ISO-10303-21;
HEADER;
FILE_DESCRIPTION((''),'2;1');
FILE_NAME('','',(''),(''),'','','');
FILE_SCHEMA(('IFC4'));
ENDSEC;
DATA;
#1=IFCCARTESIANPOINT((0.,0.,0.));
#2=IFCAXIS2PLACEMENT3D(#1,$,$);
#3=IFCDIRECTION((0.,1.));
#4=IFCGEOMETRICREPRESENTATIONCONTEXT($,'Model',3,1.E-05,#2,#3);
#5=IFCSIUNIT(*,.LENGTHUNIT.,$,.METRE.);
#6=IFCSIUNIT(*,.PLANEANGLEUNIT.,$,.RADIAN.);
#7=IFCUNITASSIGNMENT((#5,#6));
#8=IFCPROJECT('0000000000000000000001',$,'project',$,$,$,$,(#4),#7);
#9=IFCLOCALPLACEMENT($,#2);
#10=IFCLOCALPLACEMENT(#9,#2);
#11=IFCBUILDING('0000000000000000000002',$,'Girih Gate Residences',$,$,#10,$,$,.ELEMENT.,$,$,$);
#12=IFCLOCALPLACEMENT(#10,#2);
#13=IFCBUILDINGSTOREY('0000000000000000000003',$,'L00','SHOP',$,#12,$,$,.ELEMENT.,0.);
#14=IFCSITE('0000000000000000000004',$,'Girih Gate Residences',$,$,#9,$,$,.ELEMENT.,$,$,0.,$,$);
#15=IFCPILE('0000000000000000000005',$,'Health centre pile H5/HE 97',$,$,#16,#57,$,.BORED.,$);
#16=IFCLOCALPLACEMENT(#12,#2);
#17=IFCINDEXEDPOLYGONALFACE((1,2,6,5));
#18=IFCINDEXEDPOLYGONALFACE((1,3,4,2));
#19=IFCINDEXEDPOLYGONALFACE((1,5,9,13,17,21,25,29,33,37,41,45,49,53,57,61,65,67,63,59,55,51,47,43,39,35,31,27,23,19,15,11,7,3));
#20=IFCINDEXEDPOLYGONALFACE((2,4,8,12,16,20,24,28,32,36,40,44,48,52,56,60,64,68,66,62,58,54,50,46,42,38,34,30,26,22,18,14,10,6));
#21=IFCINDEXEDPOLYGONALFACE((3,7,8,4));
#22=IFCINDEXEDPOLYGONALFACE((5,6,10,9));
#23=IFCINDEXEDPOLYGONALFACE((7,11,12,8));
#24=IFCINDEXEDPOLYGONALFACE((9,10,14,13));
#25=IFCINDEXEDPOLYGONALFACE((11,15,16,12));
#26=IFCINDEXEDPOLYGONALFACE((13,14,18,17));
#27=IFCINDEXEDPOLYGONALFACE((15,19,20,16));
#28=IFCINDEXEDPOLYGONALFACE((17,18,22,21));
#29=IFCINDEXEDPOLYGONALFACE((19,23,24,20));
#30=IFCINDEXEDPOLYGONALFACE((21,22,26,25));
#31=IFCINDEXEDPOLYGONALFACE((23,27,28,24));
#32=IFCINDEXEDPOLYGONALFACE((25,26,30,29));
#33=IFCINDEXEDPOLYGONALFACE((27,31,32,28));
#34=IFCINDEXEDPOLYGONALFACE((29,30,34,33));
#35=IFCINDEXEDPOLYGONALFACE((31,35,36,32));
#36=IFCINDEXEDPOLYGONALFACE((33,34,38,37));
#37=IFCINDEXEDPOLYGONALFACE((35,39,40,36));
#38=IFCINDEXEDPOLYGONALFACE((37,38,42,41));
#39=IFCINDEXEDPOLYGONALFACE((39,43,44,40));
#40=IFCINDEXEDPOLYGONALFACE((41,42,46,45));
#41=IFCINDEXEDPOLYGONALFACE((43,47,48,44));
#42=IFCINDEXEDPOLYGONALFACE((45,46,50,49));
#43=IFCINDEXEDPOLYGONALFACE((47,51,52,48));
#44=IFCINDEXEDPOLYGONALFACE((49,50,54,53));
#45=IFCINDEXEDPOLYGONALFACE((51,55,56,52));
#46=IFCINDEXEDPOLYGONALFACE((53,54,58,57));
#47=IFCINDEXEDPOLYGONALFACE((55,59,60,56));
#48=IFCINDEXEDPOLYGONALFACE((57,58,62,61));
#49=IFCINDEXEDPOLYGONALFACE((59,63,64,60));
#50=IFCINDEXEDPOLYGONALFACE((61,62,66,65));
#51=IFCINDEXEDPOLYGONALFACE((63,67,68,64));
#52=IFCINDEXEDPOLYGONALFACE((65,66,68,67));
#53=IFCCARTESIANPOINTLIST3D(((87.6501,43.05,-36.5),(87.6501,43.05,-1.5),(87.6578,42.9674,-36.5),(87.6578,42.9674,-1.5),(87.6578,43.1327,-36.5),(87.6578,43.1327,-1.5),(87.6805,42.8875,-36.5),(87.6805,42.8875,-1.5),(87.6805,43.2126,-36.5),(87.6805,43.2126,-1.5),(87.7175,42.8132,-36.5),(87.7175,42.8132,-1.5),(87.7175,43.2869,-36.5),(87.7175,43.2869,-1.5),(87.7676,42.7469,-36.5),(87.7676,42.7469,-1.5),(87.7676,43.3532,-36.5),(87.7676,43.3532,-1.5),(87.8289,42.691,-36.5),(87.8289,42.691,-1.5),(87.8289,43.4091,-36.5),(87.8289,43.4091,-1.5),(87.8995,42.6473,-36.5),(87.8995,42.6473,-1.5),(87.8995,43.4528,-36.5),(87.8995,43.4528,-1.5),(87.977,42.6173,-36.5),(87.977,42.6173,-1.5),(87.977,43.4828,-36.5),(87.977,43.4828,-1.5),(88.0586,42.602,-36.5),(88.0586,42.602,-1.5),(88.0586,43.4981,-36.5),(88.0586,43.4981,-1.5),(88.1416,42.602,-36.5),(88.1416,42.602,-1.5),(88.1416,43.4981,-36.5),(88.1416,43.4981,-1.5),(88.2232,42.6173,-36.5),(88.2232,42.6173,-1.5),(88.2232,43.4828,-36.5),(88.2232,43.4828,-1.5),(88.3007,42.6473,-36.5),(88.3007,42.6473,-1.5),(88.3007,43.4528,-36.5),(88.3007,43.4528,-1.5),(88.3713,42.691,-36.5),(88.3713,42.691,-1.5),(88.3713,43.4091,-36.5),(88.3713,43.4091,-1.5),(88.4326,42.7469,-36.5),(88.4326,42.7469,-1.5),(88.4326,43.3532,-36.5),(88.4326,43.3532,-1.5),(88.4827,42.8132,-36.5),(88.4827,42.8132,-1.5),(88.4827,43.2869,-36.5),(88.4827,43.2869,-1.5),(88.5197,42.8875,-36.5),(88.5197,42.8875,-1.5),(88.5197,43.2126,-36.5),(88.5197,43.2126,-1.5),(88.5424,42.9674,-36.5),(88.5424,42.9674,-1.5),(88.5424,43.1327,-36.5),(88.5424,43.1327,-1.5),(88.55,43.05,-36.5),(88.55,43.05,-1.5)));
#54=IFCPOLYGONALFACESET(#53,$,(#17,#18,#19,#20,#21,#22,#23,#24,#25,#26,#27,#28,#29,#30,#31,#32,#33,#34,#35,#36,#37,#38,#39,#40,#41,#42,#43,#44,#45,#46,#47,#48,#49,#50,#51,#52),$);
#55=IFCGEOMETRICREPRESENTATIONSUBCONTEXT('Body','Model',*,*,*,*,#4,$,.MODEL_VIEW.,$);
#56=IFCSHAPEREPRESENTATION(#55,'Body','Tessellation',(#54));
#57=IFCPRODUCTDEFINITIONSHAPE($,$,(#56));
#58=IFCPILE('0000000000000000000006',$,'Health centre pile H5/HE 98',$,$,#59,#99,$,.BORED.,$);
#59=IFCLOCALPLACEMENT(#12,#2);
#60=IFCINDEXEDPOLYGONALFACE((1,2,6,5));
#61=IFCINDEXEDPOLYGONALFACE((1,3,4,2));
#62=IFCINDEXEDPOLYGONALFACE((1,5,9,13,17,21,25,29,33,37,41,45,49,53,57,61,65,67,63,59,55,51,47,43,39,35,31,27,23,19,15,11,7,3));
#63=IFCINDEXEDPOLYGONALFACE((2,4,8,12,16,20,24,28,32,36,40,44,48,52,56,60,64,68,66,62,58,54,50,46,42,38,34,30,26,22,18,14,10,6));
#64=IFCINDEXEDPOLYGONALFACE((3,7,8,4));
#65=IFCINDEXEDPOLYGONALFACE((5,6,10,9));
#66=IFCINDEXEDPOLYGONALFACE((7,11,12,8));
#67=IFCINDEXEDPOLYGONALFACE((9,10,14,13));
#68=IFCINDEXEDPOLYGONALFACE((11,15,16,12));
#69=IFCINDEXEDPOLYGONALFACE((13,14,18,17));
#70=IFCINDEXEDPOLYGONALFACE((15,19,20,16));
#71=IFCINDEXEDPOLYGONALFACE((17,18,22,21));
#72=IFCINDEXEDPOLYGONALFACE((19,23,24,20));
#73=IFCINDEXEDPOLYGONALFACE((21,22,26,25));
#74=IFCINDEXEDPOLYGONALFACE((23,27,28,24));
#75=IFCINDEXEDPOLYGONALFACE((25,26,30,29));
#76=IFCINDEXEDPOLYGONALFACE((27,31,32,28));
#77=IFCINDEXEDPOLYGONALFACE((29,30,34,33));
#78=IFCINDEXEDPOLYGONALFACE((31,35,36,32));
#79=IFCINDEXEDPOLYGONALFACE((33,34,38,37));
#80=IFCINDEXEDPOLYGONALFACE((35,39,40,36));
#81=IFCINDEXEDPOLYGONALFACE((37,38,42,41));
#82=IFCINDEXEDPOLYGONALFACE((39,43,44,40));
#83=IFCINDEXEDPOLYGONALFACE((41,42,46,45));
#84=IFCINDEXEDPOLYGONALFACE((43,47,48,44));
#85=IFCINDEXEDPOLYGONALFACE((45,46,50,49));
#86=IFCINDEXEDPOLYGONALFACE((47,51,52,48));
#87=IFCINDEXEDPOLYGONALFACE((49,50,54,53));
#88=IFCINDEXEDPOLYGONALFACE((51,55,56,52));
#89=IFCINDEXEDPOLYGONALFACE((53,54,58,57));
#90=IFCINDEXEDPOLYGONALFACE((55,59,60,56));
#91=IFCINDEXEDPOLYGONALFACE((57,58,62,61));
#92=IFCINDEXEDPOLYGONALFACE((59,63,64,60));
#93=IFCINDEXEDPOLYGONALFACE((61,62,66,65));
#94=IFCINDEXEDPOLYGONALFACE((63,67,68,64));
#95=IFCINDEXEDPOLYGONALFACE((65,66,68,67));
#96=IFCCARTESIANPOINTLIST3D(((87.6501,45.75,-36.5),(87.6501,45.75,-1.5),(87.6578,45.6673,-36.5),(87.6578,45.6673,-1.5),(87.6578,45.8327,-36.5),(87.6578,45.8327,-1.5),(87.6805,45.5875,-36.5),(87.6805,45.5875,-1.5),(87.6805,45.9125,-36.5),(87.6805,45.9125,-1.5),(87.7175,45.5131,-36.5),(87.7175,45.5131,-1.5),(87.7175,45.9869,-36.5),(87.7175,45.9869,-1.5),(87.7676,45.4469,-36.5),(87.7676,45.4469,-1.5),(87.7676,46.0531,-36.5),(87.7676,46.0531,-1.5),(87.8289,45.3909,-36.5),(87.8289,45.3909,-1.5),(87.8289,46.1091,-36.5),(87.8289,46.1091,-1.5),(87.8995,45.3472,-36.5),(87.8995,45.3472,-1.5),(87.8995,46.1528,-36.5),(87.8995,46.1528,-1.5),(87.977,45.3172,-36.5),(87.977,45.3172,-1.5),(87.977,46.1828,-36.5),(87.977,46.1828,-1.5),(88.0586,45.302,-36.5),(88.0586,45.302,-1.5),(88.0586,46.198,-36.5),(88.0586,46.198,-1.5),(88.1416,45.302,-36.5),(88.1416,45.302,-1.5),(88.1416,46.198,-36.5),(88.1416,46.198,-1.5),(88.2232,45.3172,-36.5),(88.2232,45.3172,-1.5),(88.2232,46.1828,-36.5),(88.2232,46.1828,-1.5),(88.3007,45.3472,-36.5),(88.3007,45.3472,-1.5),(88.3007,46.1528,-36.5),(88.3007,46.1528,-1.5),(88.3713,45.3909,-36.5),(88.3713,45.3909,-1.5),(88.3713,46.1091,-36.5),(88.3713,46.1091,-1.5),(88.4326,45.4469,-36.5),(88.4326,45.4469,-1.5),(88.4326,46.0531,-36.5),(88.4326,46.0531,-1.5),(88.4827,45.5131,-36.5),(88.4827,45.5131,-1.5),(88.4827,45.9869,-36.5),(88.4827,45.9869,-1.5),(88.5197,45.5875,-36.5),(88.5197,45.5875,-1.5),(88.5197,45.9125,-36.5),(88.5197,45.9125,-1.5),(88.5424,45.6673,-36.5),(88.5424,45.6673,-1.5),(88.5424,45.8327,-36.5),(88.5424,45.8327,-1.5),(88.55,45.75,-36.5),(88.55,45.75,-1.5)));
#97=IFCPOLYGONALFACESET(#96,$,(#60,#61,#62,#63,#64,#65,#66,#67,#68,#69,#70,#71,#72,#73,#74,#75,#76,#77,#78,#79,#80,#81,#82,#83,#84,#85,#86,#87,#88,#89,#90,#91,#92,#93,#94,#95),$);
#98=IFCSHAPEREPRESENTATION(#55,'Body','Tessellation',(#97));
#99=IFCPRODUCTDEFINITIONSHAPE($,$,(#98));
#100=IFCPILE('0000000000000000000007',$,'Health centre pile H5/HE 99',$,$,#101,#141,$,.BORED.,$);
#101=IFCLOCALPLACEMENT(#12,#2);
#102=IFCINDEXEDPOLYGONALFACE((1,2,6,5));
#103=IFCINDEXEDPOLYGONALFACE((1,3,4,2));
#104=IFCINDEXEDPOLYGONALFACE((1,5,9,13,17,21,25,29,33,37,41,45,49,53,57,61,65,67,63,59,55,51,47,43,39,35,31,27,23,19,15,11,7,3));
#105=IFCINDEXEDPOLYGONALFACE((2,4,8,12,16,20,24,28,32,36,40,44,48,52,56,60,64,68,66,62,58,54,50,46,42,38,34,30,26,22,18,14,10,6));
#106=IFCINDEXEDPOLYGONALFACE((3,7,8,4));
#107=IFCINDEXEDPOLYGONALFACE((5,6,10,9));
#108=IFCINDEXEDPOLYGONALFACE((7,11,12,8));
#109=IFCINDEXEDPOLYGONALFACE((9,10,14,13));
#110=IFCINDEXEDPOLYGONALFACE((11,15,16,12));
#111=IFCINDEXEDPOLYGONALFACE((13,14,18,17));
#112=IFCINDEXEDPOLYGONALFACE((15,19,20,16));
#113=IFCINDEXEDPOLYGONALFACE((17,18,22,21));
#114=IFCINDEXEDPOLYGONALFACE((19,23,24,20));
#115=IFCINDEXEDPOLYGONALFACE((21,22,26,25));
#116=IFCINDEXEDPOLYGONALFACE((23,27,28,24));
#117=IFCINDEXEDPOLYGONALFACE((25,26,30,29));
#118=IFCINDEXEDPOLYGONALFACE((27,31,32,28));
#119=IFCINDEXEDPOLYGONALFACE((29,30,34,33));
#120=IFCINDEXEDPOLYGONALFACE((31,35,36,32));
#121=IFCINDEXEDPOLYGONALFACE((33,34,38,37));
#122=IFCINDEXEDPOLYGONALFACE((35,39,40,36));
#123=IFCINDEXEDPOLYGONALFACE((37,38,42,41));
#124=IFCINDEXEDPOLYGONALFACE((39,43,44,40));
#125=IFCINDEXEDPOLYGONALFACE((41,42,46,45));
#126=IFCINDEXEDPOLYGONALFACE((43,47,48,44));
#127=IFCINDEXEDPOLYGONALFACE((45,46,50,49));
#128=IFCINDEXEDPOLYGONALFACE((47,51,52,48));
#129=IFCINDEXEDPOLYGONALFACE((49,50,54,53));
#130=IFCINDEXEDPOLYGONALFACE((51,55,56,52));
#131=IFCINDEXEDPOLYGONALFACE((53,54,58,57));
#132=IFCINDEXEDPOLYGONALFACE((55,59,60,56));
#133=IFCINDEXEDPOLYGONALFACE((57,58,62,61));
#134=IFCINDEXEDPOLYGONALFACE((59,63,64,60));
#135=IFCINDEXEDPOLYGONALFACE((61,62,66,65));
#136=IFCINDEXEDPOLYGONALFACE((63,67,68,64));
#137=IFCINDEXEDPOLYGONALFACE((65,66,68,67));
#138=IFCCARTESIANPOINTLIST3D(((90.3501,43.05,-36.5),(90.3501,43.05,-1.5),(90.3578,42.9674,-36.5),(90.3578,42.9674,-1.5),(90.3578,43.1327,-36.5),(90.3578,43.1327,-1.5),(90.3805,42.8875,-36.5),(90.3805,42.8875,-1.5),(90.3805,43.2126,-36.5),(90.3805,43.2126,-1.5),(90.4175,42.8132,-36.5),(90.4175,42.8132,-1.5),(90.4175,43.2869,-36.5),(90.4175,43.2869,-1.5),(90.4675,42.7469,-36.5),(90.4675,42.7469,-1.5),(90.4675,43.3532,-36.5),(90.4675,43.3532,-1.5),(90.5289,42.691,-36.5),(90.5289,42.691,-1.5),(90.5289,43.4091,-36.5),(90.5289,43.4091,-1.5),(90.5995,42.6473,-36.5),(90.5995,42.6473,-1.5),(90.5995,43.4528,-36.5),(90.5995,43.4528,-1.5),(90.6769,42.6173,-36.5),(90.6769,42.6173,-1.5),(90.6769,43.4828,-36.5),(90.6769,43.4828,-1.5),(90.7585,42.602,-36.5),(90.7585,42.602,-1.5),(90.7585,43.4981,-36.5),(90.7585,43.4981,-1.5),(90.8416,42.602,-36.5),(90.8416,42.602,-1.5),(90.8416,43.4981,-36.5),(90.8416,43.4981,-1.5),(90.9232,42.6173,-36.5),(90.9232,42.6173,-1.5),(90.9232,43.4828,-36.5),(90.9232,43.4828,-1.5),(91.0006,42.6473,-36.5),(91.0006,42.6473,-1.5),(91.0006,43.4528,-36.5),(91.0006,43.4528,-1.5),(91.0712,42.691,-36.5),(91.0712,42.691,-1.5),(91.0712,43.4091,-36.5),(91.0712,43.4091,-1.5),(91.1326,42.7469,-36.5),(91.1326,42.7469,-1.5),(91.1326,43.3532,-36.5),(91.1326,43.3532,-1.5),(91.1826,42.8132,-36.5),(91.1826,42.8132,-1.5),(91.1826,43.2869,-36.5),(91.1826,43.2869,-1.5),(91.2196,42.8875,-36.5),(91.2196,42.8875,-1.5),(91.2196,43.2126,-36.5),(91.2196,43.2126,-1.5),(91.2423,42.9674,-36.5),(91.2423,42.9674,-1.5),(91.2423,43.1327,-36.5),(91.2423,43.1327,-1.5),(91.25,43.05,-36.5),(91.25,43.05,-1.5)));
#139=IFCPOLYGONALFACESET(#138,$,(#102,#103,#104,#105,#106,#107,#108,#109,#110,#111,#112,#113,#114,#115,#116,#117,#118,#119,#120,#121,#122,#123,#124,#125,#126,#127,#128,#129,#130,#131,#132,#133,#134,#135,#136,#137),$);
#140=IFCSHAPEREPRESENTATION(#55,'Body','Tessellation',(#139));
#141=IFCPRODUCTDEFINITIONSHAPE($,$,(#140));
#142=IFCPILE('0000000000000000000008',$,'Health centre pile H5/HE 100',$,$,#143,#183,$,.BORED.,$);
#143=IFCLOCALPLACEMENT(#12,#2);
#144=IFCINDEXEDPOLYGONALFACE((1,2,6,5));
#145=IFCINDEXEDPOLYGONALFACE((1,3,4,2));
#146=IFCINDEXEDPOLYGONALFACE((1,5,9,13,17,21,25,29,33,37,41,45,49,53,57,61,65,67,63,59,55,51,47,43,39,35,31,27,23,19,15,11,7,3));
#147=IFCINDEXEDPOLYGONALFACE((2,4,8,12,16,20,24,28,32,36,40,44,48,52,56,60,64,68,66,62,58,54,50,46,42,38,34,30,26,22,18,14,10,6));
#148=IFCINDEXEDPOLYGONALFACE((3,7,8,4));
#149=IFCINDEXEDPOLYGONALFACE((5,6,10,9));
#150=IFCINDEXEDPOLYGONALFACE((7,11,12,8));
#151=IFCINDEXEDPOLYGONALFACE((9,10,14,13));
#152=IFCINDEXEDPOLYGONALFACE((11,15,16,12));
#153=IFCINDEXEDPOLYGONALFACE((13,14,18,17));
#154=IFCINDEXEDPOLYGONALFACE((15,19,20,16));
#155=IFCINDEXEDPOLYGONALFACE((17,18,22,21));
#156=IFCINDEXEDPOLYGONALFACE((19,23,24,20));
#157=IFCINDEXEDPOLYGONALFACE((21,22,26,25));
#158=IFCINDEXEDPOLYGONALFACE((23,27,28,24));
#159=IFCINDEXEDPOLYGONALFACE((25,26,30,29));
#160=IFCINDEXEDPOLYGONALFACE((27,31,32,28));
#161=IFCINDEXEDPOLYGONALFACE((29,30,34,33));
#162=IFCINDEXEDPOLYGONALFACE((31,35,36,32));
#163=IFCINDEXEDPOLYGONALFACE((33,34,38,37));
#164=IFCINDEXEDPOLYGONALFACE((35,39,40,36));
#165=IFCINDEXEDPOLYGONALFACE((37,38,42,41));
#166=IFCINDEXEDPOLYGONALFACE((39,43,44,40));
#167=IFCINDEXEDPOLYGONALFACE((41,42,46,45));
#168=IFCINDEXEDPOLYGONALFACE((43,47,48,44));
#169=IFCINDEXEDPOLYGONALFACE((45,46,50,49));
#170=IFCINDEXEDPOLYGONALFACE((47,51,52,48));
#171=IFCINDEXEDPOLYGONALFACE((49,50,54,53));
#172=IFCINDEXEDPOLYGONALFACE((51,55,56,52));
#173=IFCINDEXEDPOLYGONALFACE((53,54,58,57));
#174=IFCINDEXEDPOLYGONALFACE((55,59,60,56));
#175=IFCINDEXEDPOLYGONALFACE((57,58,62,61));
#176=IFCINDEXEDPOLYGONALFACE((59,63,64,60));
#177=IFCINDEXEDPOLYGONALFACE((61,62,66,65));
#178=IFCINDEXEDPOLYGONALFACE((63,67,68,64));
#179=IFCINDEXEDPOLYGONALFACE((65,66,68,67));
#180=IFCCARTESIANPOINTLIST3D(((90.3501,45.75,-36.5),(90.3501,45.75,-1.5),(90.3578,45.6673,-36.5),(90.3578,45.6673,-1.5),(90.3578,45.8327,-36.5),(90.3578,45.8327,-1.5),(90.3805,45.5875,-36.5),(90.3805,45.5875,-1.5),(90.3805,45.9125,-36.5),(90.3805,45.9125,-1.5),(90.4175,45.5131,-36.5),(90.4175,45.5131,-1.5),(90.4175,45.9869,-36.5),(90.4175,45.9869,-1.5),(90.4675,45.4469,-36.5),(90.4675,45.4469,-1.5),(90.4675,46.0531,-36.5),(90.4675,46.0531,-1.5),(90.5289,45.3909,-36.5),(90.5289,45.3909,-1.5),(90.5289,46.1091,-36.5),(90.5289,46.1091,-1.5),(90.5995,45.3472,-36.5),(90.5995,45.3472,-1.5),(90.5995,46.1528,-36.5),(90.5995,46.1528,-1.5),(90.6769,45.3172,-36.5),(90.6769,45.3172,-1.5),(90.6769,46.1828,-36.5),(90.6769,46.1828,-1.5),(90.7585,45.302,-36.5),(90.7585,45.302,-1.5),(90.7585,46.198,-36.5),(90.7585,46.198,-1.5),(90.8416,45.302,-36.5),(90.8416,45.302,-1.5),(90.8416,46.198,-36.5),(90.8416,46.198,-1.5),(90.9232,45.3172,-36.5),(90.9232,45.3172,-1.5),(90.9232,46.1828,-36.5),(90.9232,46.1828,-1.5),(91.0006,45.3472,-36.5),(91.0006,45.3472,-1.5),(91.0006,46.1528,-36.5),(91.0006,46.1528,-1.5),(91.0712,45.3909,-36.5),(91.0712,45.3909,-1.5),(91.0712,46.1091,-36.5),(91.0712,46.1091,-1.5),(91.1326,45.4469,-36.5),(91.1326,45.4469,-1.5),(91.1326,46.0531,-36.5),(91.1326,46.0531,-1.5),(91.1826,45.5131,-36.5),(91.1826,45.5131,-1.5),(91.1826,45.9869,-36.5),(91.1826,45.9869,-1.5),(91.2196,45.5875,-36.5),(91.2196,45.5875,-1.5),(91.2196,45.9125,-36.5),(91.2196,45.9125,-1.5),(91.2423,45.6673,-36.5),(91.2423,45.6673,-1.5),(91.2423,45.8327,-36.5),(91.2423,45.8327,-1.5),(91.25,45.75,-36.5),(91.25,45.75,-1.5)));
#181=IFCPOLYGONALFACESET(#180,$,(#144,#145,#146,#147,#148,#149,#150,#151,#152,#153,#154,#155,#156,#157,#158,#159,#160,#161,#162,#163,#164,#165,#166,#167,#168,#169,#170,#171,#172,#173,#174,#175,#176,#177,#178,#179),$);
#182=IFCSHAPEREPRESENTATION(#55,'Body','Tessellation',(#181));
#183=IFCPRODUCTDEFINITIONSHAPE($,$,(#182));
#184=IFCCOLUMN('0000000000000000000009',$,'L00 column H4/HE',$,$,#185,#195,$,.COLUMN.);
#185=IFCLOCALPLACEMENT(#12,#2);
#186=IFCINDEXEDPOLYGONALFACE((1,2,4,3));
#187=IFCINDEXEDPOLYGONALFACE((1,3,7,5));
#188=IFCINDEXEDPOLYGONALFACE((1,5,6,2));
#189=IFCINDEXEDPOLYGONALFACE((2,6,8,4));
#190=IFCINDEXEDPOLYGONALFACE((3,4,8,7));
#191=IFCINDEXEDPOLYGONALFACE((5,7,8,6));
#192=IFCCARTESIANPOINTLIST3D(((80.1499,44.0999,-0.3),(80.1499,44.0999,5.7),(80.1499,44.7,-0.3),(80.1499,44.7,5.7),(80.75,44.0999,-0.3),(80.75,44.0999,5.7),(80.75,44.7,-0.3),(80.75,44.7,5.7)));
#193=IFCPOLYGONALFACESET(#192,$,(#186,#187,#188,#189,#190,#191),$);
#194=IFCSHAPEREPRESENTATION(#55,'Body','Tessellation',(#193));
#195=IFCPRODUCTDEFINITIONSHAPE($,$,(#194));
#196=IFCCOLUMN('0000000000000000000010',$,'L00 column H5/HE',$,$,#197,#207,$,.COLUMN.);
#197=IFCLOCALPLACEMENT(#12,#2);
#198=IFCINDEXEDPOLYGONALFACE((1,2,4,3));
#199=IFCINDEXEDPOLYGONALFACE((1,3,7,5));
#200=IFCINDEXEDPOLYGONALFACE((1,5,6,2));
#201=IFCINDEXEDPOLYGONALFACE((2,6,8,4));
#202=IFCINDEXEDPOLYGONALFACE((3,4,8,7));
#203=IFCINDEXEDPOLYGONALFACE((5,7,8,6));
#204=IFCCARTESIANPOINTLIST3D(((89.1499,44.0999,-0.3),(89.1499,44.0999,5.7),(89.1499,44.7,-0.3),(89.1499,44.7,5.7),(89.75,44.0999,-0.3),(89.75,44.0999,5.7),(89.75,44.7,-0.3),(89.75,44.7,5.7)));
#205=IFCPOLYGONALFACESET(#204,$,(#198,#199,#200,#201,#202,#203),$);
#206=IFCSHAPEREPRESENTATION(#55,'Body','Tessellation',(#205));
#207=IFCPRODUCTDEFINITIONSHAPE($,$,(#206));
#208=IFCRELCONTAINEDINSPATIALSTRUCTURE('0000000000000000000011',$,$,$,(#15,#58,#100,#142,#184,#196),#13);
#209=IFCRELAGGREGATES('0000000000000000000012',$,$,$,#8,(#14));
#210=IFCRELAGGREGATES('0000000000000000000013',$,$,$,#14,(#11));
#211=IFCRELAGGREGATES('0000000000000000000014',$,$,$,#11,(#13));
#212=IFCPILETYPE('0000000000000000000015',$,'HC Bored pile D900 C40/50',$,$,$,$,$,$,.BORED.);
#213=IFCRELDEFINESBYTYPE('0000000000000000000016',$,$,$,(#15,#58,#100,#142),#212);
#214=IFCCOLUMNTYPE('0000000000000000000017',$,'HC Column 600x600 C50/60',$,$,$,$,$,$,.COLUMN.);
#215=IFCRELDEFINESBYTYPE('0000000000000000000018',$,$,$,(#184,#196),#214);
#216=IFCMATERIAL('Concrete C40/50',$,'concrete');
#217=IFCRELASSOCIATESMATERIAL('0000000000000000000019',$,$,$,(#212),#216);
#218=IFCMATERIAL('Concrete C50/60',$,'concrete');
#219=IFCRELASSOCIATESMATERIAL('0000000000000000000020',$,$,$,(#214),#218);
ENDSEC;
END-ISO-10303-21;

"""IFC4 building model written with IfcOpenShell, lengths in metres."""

from ifc_helpers import new_model, si_unit, direction, frame, origin, origin_2d, place, context, subcontext, project, spatial, rectangle, circle, extrude, material, material_profile, profile_set, type_object, element, save


model = new_model("IFC4")

# Units and contexts
model_context = context("Model", 3, precision=1e-05, world=origin(), true_north=direction((0.0, 1.0)))
body_context = subcontext(model_context, "Body", "Model", "MODEL_VIEW")
ifc_project = project(units=[si_unit("LENGTHUNIT", "METRE"), si_unit("PLANEANGLEUNIT", "RADIAN")], contexts=[model_context])

# Site, building, storey
site_placement = place(None, origin())
site = spatial("IfcSite", under=ifc_project, at=site_placement, Name="Girih Gate Residences", CompositionType="ELEMENT", RefElevation=0.0)
building_placement = place(site_placement, origin())
building = spatial("IfcBuilding", under=site, at=building_placement, Name="Girih Gate Residences", CompositionType="ELEMENT")
storey_placement = place(building_placement, origin())
storey = spatial("IfcBuildingStorey", under=building, at=storey_placement, Name="L00", Description="SHOP", CompositionType="ELEMENT", Elevation=0.0)

# Piles
ifc_material_1 = material(Name="Concrete C40/50", Category="concrete")
ifc_material_profile_1 = material_profile(ifc_material_1, circle(Radius=0.45, at=origin_2d()))
ifc_profile_set_1 = profile_set([ifc_material_profile_1], Name="Concrete C40/50")
pile_type = type_object("IfcPileType", Name="HC Bored pile D900 C40/50", PredefinedType="BORED", material=ifc_profile_set_1)
for number, where, z_axis, x_axis, name in (
    (1, (88.1001, 43.05, -1.5), (0.0, 0.0, -1.0), (1.0, 0.0, 0.0), "Health centre pile H5/HE 97"),
    (2, (88.1001, 45.75, -1.5), (0.0, 0.0, -1.0), (1.0, 0.0, 0.0), "Health centre pile H5/HE 98"),
    (3, (90.8, 43.05, -1.5), (0.0, 0.0, -1.0), (1.0, 0.0, 0.0), "Health centre pile H5/HE 99"),
    (4, (90.8, 45.75, -1.5), (0.0, 0.0, -1.0), (1.0, 0.0, 0.0), "Health centre pile H5/HE 100"),
):
    element("IfcPile", number, at=place(storey_placement, frame(where, z_axis=z_axis, x_axis=x_axis)), inside=storey, type_object=pile_type, Name=name, PredefinedType="BORED", context=body_context, shape_type="SweptSolid", body=[
        extrude(circle(Radius=0.45, at=origin_2d()), origin(), (0.0, 0.0, 1.0), 35.0),
    ])

# Columns
ifc_material_2 = material(Name="Concrete C50/60", Category="concrete")
ifc_material_profile_2 = material_profile(ifc_material_2, rectangle(XDim=0.6001, YDim=0.6001, at=origin_2d()))
ifc_profile_set_2 = profile_set([ifc_material_profile_2], Name="Concrete C50/60")
column_type = type_object("IfcColumnType", Name="HC Column 600x600 C50/60", PredefinedType="COLUMN", material=ifc_profile_set_2)
for number, where, z_axis, x_axis, name in (
    (5, (80.45, 44.3999, -0.3), (0.0, 0.0, 1.0), (1.0, 0.0, 0.0), "L00 column H4/HE"),
    (6, (89.45, 44.3999, -0.3), (0.0, 0.0, 1.0), (1.0, 0.0, 0.0), "L00 column H5/HE"),
):
    element("IfcColumn", number, at=place(storey_placement, frame(where, z_axis=z_axis, x_axis=x_axis)), inside=storey, type_object=column_type, Name=name, PredefinedType="COLUMN", context=body_context, shape_type="SweptSolid", body=[
        extrude(rectangle(XDim=0.6001, YDim=0.6001, at=origin_2d()), origin(), (0.0, 0.0, 1.0), 6.0),
    ])

save(model, "model.ifc")
